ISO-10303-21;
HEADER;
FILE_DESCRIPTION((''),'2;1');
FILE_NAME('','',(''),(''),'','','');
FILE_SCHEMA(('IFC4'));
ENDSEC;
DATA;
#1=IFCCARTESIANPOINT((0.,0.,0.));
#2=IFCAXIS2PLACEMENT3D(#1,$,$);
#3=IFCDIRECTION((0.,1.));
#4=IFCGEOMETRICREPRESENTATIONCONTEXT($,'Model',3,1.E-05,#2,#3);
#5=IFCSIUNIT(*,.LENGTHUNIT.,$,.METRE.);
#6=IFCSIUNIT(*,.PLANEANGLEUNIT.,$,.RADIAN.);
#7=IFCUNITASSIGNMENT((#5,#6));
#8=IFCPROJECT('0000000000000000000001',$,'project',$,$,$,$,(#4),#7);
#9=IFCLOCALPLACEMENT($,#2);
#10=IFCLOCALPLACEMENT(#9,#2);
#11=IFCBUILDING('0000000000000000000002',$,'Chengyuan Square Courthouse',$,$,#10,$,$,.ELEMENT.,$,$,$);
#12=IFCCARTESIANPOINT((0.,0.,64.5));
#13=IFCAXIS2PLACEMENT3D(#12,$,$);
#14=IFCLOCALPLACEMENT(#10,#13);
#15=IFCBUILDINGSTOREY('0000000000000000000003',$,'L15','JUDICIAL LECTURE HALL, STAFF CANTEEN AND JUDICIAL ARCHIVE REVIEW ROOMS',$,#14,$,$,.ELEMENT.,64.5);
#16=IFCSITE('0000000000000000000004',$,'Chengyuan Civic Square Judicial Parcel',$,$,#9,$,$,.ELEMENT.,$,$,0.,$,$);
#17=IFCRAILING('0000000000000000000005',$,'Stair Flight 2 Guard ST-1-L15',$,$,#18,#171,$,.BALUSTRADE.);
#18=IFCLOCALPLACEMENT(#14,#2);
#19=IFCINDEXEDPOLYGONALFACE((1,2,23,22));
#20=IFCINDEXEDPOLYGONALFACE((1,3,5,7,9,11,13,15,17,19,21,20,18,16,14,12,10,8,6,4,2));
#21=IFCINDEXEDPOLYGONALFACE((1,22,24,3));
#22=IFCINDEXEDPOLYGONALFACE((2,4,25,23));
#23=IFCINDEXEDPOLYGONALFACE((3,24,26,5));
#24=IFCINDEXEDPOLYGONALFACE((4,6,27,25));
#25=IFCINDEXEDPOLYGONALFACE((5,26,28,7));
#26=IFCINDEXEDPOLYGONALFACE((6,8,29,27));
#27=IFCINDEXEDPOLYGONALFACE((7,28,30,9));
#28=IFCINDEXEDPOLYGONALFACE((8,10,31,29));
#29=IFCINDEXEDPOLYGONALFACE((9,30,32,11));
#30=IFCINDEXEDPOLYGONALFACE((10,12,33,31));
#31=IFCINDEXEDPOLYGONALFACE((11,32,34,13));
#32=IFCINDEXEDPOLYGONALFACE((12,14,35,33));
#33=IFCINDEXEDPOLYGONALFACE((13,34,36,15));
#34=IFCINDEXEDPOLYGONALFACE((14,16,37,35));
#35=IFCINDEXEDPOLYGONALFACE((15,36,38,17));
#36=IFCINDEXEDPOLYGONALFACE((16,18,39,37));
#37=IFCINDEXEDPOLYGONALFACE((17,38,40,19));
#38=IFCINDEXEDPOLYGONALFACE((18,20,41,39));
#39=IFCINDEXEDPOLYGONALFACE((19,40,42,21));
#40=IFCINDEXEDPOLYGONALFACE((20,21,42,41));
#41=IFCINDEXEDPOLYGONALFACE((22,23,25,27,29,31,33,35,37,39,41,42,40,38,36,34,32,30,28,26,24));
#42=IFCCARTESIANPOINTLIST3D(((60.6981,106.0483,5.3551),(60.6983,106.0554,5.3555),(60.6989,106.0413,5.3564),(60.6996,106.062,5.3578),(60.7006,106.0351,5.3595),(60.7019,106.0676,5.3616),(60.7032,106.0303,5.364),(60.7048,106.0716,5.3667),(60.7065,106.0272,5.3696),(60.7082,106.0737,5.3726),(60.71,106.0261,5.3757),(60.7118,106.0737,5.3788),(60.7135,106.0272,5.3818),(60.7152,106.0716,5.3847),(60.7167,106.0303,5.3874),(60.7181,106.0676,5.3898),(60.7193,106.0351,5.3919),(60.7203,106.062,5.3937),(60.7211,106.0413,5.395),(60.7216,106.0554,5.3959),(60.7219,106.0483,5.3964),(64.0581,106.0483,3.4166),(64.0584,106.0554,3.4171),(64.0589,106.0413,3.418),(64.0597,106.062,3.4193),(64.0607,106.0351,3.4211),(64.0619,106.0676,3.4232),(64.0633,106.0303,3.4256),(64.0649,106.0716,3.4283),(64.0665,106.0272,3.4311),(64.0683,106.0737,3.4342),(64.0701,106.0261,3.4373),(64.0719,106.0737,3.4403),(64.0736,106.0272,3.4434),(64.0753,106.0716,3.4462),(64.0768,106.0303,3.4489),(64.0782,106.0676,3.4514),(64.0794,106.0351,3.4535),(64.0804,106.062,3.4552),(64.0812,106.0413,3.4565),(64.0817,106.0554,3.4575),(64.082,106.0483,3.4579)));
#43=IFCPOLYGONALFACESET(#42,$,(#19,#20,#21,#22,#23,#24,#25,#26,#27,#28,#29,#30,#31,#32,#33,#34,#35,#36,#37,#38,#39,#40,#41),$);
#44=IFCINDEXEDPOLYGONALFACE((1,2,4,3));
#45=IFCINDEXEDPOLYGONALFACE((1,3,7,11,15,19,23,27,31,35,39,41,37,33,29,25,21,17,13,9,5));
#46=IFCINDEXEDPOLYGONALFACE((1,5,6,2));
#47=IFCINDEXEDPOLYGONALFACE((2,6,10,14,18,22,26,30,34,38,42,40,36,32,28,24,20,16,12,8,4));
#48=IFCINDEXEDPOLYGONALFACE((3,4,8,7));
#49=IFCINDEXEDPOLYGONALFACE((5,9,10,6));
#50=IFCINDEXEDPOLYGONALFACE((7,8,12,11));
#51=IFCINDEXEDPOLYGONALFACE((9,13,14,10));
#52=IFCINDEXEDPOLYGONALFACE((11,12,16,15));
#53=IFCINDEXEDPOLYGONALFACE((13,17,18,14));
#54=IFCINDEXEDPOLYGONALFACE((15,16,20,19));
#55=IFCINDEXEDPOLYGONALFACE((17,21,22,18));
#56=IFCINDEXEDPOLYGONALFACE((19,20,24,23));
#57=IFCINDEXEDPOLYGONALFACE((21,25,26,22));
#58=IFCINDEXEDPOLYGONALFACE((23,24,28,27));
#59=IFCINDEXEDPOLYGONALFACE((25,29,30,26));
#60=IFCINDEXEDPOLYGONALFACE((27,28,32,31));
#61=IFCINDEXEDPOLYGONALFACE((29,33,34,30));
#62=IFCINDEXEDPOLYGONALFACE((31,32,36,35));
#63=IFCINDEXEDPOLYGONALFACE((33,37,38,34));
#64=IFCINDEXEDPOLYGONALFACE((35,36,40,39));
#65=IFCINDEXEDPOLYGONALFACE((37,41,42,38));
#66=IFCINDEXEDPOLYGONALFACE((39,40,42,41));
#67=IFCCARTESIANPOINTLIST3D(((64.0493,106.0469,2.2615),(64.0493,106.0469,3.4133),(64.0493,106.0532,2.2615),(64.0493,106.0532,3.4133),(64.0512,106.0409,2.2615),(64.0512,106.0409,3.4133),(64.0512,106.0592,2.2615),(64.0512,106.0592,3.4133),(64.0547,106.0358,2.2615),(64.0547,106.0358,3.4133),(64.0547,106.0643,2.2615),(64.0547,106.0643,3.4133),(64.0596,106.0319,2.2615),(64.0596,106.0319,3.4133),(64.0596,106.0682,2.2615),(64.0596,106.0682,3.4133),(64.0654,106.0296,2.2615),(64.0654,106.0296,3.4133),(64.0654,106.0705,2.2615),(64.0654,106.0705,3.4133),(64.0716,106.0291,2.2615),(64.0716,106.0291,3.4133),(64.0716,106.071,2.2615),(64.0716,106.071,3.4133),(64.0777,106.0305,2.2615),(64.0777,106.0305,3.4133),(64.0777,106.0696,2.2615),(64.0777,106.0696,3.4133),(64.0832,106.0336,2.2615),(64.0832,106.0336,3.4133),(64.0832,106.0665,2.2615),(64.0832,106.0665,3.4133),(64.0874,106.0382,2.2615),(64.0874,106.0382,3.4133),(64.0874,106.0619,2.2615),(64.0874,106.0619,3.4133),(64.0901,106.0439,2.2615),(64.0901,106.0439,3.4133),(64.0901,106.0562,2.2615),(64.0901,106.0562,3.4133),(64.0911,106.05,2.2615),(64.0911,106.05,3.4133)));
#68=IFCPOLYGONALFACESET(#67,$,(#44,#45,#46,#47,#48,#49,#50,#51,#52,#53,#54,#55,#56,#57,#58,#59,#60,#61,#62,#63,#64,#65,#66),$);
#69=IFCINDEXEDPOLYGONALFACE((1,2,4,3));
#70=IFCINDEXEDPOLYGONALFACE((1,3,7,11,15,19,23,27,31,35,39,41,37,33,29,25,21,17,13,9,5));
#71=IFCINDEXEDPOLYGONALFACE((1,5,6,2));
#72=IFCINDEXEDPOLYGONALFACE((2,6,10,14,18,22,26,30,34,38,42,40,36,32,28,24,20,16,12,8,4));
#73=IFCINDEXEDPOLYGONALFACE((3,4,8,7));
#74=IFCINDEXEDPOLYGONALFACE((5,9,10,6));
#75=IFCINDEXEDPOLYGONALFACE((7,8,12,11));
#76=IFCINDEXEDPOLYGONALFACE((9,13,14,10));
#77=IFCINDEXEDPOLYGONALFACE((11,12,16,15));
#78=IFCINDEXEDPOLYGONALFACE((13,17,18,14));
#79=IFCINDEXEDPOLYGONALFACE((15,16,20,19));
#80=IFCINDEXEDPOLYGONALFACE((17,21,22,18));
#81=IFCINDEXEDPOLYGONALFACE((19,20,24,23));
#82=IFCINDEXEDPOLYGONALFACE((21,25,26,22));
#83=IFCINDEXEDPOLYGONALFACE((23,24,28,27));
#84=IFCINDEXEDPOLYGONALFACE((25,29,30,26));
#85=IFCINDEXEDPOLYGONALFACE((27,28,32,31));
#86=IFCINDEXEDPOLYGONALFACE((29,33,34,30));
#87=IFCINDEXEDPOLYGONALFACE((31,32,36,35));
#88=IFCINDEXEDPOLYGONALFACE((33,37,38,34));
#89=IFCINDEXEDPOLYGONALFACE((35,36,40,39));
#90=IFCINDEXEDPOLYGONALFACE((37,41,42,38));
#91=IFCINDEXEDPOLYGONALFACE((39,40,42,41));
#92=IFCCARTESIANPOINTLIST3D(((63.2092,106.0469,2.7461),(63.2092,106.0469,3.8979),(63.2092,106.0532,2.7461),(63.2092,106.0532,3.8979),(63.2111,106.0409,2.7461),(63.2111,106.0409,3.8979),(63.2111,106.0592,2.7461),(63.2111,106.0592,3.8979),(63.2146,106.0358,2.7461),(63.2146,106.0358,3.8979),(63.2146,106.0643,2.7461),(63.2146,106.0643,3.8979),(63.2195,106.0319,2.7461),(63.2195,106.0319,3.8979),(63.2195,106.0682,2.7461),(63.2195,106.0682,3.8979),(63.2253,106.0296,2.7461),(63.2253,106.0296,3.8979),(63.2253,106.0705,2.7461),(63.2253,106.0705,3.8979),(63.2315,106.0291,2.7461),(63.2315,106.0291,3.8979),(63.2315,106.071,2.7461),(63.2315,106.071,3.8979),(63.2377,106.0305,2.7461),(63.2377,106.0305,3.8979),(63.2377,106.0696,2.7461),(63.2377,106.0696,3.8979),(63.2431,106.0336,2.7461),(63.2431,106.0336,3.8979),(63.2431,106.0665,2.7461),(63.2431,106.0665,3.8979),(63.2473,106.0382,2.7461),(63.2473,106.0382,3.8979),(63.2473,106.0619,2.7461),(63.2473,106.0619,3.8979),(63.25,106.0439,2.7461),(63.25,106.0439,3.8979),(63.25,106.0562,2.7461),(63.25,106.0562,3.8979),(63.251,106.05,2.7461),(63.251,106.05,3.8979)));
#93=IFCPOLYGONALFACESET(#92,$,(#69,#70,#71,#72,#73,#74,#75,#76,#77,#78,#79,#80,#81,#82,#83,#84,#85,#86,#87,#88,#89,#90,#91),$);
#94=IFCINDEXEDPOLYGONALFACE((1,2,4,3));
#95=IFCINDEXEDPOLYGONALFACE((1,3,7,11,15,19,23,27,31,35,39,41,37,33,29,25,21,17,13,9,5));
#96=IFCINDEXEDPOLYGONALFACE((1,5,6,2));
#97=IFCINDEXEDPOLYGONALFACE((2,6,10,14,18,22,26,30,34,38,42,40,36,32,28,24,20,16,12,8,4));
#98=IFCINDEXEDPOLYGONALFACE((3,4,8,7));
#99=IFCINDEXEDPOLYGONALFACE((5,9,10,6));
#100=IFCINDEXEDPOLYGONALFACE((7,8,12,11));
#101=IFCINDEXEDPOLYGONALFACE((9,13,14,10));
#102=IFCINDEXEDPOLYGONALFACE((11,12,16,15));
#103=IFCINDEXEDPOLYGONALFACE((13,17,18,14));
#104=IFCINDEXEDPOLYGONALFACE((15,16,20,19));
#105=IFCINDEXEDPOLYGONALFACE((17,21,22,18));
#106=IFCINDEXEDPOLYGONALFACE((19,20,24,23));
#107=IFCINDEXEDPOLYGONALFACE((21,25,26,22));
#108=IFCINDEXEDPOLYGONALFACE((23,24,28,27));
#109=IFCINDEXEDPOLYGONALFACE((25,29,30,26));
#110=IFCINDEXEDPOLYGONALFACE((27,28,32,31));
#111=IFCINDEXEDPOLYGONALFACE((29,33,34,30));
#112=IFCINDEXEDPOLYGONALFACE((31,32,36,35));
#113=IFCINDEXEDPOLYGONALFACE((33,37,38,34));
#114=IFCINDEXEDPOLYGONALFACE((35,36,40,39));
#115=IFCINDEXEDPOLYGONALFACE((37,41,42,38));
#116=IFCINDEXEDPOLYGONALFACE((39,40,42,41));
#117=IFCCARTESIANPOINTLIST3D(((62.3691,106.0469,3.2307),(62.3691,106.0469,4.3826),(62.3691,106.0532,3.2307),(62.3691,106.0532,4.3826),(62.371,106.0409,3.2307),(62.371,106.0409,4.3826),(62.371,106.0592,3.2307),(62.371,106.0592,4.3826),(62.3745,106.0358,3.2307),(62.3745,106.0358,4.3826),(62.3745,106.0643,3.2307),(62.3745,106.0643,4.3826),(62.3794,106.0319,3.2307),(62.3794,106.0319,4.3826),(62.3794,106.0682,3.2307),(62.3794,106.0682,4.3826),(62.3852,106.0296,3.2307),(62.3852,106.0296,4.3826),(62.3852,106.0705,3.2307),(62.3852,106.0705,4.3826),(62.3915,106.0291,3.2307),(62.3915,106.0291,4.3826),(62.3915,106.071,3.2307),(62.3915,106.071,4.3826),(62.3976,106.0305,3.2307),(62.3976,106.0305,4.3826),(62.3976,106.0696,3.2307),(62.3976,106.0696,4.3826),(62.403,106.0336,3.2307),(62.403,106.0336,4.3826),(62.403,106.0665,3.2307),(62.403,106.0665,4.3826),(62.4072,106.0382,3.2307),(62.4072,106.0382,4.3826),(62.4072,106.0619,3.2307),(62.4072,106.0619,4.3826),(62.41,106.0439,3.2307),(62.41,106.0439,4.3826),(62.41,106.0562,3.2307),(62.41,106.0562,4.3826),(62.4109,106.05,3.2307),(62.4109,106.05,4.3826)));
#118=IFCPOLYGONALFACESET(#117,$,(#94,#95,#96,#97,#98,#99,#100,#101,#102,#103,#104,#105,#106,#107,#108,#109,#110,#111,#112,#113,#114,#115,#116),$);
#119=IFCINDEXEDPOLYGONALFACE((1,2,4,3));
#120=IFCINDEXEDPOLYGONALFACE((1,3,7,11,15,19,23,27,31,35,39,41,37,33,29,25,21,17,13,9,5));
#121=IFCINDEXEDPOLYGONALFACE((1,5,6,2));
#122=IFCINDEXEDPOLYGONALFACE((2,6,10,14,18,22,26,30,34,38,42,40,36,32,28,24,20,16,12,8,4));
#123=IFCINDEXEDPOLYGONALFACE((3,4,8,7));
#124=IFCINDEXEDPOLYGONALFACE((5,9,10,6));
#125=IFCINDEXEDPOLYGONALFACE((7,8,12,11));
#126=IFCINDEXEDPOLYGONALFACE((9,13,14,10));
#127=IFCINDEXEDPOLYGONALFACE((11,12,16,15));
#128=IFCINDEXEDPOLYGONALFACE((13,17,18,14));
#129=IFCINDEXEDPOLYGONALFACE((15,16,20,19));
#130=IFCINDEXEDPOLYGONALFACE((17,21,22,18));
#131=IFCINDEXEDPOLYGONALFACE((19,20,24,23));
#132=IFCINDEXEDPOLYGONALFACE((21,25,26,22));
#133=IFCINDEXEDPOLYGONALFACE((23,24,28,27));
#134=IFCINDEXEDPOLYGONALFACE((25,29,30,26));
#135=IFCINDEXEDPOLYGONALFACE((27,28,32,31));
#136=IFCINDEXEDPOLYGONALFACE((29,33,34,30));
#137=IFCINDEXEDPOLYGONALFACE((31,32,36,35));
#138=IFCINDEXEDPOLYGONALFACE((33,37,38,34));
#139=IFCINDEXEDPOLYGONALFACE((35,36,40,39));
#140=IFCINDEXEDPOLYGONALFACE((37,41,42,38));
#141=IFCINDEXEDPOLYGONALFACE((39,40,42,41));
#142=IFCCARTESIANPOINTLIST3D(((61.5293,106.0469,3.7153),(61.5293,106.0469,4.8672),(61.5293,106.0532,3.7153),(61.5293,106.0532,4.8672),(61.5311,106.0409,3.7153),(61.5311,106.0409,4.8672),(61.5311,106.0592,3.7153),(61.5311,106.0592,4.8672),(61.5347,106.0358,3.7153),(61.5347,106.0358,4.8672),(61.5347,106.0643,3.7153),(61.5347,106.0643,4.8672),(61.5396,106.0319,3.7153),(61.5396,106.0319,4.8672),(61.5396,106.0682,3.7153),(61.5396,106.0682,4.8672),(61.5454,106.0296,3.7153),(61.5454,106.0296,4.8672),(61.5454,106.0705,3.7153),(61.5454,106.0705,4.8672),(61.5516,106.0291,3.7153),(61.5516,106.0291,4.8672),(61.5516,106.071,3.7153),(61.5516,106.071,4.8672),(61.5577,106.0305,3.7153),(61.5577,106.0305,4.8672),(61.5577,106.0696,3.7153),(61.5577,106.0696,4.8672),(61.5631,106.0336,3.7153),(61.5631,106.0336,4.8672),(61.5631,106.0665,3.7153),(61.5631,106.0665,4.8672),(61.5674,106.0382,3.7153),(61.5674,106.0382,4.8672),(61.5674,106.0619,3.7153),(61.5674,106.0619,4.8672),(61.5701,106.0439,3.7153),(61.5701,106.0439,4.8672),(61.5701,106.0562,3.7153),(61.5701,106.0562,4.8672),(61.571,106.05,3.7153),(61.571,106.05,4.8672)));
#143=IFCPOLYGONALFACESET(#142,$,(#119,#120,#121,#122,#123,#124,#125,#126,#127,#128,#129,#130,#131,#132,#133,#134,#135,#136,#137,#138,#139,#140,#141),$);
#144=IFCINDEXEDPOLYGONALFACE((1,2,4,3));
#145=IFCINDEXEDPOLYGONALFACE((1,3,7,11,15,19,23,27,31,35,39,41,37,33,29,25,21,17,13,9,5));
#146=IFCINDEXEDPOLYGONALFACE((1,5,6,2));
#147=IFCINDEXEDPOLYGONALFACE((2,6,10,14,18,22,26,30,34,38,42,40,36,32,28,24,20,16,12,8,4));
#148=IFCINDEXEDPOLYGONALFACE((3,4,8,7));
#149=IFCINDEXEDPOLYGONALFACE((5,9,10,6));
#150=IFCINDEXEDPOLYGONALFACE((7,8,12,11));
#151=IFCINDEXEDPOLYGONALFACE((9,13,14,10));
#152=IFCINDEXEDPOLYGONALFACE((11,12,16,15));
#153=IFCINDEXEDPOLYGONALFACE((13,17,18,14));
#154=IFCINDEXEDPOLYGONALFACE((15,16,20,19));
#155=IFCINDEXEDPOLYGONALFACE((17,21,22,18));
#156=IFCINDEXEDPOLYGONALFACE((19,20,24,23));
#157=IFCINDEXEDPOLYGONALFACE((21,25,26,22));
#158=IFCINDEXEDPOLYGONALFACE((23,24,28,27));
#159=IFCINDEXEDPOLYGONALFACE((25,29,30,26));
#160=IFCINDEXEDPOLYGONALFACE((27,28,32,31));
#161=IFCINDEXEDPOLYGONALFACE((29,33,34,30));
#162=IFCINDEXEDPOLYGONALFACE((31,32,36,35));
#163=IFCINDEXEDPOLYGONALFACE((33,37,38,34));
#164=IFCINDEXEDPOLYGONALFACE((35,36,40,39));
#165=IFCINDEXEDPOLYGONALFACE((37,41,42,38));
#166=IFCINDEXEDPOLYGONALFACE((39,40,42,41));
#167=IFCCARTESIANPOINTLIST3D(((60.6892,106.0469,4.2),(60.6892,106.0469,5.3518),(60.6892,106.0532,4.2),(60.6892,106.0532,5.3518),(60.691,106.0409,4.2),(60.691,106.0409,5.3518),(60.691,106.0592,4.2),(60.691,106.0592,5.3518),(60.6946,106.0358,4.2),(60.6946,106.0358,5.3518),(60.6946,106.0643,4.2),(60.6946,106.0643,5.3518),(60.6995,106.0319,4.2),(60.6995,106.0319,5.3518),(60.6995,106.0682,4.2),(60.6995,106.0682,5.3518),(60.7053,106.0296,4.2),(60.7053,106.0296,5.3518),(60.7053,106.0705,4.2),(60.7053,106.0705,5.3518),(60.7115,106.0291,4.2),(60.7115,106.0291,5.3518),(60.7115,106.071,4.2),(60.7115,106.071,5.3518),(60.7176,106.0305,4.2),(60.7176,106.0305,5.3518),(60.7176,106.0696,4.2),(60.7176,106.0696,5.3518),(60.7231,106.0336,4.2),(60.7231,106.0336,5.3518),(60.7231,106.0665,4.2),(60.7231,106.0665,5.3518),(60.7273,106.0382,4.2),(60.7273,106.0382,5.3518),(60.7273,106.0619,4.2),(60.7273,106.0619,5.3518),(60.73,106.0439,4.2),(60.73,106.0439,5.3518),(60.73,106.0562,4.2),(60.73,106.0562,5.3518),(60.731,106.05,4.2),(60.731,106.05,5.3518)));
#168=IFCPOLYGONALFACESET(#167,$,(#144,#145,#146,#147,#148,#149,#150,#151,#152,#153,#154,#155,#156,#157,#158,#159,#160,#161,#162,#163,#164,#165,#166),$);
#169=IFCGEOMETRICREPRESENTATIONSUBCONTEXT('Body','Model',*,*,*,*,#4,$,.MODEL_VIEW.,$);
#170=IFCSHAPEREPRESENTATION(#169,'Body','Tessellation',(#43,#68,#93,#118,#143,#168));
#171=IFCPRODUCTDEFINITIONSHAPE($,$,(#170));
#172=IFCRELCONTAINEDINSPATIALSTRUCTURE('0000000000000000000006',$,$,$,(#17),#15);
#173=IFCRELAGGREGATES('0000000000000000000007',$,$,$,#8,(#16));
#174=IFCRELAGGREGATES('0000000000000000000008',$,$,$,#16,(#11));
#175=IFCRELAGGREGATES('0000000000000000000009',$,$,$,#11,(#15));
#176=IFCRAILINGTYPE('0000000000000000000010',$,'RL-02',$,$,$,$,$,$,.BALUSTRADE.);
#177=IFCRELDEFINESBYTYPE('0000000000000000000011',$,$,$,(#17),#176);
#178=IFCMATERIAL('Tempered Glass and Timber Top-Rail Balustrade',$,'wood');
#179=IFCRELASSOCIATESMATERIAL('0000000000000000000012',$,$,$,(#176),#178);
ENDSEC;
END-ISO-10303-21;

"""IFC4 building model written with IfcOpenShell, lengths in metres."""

from ifc_helpers import new_model, si_unit, direction, frame, origin, origin_2d, place, context, subcontext, project, spatial, circle, extrude, material, type_object, element, save


model = new_model("IFC4")

# Units and contexts
model_context = context("Model", 3, precision=1e-05, world=origin(), true_north=direction((0.0, 1.0)))
body_context = subcontext(model_context, "Body", "Model", "MODEL_VIEW")
ifc_project = project(units=[si_unit("LENGTHUNIT", "METRE"), si_unit("PLANEANGLEUNIT", "RADIAN")], contexts=[model_context])

# Site, building, storey
site_placement = place(None, origin())
site = spatial("IfcSite", under=ifc_project, at=site_placement, Name="Chengyuan Civic Square Judicial Parcel", CompositionType="ELEMENT", RefElevation=0.0)
building_placement = place(site_placement, origin())
building = spatial("IfcBuilding", under=site, at=building_placement, Name="Chengyuan Square Courthouse", CompositionType="ELEMENT")
storey_placement = place(building_placement, frame((0.0, 0.0, 64.5)))
storey = spatial("IfcBuildingStorey", under=building, at=storey_placement, Name="L15", Description="JUDICIAL LECTURE HALL, STAFF CANTEEN AND JUDICIAL ARCHIVE REVIEW ROOMS", CompositionType="ELEMENT", Elevation=64.5)

# Railing
ifc_material_1 = material(Name="Tempered Glass and Timber Top-Rail Balustrade", Category="wood")
railing_type_1 = type_object("IfcRailingType", Name="RL-02", PredefinedType="BALUSTRADE", material=ifc_material_1)
railing_1_placement = place(storey_placement, frame((64.0701, 106.05, 2.2615)))
element("IfcRailing", 1, at=railing_1_placement, inside=storey, type_object=railing_type_1, Name="Stair Flight 2 Guard ST-1-L15", PredefinedType="BALUSTRADE", context=body_context, shape_type="SweptSolid", body=[
    extrude(circle(Radius=0.0239, at=origin_2d()), frame((0.0, 0.0, 1.1758), z_axis=(-0.866191, 0.0, 0.499713), x_axis=(0.0, -1.0, 0.0)), (0.0, 0.0, 1.0), 3.8792),
    extrude(circle(Radius=0.021, at=origin_2d()), origin(), (0.0, 0.0, 1.0), 1.1519),
    extrude(circle(Radius=0.021, at=origin_2d()), frame((-0.8401, 0.0, 0.4846)), (0.0, 0.0, 1.0), 1.1519),
    extrude(circle(Radius=0.021, at=origin_2d()), frame((-1.6802, 0.0, 0.9692)), (0.0, 0.0, 1.0), 1.1519),
    extrude(circle(Radius=0.021, at=origin_2d()), frame((-2.52, 0.0, 1.4539)), (0.0, 0.0, 1.0), 1.1519),
    extrude(circle(Radius=0.021, at=origin_2d()), frame((-3.3601, 0.0, 1.9385)), (0.0, 0.0, 1.0), 1.1519),
])

save(model, "model.ifc")
